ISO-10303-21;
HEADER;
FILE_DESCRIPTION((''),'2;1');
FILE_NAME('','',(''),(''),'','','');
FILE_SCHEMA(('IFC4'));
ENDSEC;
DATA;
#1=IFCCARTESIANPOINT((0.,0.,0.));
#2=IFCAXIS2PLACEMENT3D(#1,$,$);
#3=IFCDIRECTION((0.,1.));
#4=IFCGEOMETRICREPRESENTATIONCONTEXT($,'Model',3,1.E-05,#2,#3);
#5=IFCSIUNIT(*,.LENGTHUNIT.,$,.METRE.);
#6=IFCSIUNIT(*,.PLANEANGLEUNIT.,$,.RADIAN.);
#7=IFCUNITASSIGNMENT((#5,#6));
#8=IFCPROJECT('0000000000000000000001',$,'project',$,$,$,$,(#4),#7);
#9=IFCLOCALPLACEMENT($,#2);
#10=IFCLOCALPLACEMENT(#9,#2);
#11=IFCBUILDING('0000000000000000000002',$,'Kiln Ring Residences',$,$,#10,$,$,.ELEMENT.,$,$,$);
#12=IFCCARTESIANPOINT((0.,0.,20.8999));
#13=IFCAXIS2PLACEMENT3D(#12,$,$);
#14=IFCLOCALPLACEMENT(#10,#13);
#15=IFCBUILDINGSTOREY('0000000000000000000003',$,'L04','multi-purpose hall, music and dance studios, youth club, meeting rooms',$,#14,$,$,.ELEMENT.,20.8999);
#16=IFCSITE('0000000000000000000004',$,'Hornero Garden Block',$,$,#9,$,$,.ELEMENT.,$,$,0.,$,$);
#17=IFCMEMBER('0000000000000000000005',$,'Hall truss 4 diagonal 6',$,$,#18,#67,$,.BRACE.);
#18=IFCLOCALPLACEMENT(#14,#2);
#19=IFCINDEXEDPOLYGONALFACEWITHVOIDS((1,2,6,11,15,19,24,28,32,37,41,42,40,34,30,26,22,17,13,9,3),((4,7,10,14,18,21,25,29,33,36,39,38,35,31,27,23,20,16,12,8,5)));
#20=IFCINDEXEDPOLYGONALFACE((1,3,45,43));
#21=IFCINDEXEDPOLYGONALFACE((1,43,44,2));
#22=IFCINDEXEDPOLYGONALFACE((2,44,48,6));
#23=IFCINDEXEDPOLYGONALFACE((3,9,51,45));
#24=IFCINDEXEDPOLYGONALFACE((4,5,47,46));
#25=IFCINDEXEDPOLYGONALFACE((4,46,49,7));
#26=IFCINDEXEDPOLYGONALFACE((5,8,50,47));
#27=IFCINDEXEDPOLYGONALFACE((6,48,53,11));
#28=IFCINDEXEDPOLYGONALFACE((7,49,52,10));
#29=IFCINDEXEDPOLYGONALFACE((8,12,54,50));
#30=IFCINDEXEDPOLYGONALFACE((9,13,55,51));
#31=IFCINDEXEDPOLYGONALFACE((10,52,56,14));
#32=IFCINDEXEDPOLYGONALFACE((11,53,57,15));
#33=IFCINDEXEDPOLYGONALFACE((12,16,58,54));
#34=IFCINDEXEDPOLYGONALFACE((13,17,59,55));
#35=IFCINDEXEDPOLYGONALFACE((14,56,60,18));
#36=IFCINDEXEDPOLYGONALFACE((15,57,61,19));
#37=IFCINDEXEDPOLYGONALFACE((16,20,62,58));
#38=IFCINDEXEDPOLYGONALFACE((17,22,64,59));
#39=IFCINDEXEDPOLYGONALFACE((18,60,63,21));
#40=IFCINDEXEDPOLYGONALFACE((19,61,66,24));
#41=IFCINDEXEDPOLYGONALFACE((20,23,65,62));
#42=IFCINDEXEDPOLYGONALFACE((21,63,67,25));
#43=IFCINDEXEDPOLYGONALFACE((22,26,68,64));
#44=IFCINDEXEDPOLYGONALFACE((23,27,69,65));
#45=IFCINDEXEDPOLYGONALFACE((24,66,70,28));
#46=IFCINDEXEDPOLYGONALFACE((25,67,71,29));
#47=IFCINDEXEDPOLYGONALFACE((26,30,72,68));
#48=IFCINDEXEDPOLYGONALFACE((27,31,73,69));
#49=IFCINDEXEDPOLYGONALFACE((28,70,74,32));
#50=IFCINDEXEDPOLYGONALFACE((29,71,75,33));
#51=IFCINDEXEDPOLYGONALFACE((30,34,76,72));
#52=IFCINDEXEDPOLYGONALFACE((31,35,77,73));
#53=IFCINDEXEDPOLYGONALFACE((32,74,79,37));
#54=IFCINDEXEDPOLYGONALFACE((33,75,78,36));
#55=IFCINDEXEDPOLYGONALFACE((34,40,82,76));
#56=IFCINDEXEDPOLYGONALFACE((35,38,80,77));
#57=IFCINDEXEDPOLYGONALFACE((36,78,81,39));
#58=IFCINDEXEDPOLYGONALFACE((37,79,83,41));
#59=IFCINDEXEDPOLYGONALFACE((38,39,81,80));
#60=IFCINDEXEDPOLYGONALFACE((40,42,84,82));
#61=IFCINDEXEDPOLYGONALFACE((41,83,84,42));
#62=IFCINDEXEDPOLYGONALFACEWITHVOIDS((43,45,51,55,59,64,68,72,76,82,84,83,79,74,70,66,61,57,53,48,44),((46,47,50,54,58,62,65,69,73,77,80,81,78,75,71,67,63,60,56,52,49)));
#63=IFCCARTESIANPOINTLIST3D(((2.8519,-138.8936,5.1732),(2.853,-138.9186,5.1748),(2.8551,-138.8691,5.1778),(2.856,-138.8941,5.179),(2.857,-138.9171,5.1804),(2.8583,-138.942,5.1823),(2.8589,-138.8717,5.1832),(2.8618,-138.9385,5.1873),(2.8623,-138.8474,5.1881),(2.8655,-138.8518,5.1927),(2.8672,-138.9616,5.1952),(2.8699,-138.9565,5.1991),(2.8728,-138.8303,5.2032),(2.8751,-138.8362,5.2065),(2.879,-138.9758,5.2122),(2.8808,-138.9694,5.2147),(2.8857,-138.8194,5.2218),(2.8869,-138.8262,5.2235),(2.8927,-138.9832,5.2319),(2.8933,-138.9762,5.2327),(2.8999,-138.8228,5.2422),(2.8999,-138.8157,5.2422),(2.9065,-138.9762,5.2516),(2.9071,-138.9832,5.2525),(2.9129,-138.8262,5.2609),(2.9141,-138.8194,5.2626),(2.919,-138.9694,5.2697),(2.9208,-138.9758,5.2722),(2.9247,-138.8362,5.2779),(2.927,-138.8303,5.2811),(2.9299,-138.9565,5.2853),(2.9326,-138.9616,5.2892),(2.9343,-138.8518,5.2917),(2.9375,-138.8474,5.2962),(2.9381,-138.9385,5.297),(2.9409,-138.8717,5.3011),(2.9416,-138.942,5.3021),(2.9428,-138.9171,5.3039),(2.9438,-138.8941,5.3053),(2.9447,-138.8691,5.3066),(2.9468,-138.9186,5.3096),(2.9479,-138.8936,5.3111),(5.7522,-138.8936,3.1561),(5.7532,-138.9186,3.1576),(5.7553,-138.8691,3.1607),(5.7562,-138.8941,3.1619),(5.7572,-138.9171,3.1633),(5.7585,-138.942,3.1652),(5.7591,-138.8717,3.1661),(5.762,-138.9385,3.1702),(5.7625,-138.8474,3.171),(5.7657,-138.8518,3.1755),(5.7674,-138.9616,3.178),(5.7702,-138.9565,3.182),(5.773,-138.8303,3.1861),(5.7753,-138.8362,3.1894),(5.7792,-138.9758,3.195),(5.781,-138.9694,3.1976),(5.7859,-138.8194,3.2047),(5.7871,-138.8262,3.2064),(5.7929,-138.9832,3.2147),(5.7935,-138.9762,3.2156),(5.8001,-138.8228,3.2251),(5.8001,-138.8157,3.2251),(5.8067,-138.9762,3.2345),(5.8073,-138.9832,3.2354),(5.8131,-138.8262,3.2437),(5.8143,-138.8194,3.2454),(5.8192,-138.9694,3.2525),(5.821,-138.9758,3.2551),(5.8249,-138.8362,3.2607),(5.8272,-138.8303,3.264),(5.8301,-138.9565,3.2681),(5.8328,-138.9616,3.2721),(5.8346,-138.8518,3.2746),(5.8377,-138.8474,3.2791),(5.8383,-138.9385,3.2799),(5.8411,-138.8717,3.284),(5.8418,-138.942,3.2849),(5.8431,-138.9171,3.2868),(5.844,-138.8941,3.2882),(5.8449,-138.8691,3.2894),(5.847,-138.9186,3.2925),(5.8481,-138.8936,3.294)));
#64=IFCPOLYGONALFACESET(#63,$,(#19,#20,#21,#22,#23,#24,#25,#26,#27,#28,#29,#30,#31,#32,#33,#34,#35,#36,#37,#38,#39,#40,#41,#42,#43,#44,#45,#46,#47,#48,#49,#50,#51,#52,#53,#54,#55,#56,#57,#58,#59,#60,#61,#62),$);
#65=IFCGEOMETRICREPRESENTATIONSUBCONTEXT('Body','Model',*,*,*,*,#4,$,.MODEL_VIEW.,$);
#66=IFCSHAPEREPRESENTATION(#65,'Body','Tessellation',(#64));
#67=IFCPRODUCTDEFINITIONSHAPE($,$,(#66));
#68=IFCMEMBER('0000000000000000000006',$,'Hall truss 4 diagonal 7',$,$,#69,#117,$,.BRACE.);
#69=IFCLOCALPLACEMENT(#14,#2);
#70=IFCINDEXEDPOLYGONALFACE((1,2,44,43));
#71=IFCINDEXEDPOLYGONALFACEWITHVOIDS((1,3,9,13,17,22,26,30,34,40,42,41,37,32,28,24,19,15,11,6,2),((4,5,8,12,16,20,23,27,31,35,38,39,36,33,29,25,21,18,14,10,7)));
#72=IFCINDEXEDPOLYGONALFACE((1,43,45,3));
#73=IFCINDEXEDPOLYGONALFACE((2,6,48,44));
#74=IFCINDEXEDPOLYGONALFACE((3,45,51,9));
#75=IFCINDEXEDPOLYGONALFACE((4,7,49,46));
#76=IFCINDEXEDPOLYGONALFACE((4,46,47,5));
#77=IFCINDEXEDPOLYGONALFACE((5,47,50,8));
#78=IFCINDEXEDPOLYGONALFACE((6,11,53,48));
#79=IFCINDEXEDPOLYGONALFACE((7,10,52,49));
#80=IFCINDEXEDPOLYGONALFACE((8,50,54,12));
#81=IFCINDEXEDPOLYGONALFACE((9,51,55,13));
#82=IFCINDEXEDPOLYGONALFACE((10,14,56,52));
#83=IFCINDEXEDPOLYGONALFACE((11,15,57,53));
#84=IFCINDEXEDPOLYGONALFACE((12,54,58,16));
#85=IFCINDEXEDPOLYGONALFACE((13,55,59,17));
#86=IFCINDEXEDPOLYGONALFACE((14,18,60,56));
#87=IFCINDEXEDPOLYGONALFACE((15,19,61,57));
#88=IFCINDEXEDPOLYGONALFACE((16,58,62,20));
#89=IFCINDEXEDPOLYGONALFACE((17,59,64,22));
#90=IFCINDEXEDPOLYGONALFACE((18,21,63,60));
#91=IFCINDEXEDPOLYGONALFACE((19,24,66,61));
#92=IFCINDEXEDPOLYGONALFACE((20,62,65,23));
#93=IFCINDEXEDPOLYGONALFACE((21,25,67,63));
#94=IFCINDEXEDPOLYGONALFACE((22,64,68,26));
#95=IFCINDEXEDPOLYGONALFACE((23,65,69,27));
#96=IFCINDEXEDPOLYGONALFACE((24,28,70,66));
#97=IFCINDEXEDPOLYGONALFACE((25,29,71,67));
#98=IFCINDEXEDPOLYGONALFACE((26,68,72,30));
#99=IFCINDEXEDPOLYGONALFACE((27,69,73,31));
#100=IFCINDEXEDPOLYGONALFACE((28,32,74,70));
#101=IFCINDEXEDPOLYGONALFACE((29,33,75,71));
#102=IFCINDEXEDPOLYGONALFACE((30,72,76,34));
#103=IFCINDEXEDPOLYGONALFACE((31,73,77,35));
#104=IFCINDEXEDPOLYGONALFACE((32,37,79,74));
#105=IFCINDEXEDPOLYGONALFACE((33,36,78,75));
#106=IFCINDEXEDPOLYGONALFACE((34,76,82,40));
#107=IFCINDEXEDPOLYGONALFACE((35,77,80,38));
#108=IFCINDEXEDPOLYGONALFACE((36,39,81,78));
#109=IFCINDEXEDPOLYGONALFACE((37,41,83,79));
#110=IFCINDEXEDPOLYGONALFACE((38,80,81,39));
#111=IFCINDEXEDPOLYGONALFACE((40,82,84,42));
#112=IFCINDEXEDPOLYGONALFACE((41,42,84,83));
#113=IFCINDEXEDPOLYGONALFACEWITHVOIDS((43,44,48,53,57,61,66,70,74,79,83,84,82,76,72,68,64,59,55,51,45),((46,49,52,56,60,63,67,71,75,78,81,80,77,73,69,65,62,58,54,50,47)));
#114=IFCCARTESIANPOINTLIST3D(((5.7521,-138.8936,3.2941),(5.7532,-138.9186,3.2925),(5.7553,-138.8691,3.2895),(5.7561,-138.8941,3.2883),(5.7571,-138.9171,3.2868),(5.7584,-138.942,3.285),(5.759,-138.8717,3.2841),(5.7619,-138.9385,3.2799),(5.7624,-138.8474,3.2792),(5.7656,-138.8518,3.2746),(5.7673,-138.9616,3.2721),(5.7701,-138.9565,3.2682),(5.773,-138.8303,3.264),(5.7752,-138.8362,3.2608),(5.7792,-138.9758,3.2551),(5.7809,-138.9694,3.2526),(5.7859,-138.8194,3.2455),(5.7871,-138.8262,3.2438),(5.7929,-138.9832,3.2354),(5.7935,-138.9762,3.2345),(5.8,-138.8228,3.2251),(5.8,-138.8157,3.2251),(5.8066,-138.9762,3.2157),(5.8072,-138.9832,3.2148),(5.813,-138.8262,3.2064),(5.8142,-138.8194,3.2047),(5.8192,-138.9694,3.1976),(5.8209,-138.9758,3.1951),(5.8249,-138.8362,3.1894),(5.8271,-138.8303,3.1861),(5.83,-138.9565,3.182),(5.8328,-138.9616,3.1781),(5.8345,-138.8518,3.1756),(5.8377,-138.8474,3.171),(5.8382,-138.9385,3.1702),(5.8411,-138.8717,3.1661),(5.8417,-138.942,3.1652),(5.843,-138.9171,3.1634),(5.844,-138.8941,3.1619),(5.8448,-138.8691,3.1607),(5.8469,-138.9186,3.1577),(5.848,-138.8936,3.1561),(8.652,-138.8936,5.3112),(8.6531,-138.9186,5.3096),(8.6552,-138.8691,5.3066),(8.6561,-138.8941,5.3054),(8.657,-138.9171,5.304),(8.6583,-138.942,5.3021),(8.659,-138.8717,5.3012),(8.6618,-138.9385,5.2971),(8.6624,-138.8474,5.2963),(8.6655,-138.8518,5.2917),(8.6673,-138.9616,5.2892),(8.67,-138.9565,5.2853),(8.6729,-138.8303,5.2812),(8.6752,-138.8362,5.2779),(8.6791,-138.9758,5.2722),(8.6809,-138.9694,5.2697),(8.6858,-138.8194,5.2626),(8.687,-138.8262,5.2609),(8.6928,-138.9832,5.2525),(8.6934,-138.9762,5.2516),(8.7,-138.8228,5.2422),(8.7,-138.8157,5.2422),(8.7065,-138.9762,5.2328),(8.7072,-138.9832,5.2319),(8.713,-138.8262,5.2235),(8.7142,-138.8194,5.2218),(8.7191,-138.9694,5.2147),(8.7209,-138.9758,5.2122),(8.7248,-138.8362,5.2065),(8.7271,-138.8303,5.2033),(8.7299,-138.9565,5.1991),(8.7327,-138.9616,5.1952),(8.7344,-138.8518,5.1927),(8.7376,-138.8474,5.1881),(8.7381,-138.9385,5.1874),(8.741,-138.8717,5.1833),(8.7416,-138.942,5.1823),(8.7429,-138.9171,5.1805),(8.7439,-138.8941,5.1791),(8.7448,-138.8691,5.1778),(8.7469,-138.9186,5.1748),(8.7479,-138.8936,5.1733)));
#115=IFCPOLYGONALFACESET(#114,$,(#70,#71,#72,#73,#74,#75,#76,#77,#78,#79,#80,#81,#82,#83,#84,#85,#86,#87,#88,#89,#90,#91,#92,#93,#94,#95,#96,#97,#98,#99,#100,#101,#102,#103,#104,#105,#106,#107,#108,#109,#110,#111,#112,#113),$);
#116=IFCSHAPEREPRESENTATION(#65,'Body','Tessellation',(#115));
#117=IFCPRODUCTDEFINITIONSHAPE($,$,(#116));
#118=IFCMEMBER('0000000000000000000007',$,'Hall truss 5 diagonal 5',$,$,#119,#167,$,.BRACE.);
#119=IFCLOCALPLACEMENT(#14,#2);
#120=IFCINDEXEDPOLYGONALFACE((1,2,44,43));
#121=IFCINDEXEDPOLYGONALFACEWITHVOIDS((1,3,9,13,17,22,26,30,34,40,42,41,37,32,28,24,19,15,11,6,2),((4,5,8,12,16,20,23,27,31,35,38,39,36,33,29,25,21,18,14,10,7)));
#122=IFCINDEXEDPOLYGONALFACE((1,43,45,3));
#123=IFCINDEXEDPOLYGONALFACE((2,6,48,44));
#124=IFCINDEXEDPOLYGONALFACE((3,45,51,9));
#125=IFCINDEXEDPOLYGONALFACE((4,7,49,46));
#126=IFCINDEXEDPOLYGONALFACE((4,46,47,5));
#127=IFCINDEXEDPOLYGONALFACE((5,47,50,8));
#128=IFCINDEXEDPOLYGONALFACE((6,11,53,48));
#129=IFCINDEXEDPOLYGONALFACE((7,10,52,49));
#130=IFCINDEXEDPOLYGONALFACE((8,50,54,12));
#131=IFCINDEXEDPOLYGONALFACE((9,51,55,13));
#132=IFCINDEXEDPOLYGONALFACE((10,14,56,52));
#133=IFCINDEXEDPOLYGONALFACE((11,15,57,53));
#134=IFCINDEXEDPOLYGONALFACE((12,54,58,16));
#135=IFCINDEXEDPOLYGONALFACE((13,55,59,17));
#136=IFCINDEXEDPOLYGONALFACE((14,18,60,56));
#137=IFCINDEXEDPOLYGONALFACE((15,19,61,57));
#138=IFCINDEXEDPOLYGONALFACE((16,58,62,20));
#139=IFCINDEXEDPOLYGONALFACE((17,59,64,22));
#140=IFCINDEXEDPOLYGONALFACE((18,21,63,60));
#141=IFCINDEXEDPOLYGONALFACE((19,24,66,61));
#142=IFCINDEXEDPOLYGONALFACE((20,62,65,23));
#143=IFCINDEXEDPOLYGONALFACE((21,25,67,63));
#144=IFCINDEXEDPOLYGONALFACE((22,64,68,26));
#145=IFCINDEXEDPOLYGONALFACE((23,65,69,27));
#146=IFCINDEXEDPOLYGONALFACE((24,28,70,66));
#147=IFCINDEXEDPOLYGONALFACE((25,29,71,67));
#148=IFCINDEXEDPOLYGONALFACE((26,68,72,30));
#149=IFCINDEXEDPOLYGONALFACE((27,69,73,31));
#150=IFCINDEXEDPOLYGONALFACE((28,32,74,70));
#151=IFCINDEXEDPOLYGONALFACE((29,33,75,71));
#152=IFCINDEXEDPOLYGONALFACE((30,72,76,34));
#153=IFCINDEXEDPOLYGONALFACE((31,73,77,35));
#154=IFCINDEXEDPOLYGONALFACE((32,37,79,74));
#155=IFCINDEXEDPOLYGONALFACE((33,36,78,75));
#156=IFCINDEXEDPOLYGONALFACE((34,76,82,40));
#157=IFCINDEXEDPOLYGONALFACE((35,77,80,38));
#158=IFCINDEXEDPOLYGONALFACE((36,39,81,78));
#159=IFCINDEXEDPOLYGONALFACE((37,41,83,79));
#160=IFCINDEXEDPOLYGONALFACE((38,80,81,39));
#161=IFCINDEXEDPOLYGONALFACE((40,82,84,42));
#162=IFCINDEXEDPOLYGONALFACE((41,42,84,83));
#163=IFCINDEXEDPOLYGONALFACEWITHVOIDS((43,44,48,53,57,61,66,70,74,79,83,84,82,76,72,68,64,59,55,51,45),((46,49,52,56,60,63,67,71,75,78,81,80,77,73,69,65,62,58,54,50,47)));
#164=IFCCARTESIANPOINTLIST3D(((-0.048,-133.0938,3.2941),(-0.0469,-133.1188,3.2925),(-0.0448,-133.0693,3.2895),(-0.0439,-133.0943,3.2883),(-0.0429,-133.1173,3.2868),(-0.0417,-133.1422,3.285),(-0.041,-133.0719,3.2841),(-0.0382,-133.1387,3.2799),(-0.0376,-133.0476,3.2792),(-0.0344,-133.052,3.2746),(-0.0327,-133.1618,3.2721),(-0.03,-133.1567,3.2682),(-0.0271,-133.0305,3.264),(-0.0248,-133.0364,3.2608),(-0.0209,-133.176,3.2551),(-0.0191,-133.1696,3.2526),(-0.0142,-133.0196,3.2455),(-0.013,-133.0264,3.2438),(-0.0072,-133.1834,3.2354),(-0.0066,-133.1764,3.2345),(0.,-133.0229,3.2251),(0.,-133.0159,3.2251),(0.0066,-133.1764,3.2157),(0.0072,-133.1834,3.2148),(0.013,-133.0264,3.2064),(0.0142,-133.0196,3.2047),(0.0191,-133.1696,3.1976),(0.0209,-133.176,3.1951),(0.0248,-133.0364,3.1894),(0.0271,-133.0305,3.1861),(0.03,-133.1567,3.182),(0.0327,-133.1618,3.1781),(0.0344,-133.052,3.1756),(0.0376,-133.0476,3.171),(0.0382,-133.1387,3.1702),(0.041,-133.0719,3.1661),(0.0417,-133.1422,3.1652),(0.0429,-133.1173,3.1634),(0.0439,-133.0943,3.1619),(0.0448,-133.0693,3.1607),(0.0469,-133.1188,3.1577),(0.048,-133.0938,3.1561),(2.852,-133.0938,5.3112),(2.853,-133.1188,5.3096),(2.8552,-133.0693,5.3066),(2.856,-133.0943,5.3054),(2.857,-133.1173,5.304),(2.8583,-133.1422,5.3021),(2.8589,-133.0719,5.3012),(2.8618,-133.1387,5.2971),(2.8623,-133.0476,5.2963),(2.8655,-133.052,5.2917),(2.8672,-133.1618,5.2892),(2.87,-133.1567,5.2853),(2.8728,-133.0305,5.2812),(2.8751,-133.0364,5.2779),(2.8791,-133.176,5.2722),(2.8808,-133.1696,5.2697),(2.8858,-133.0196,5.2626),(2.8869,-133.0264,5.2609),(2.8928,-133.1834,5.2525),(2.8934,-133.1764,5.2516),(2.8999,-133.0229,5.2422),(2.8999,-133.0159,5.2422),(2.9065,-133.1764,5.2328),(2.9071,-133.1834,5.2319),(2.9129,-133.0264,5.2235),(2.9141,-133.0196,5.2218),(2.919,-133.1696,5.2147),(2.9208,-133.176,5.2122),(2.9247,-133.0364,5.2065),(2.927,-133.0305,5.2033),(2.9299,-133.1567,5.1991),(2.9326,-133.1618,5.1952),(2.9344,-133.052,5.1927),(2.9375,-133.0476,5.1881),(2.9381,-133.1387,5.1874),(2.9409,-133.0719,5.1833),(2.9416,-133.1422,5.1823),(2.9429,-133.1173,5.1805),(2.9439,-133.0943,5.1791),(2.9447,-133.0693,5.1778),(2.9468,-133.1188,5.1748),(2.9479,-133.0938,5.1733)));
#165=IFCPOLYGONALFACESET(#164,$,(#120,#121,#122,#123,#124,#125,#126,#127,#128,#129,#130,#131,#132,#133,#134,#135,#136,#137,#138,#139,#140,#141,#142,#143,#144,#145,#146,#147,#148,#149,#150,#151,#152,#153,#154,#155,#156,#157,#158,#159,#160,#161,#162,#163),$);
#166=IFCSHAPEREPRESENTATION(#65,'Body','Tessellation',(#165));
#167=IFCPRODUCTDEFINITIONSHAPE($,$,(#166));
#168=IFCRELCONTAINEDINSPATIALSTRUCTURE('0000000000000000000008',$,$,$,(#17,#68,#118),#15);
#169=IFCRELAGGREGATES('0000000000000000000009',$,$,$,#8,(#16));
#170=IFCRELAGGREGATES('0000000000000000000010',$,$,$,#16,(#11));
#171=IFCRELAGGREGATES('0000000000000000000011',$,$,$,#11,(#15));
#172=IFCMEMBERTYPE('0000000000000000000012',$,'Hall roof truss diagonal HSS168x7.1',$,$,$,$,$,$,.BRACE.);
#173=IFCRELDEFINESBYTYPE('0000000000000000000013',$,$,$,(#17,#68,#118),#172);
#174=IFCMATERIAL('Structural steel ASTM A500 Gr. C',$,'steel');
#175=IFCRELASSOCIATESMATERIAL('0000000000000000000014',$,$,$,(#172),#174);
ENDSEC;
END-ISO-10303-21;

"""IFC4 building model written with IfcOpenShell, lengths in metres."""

from ifc_helpers import new_model, si_unit, direction, frame, origin, origin_2d, place, context, subcontext, project, spatial, hollow_circle, extrude, material, material_profile, profile_set, type_object, element, save


model = new_model("IFC4")

# Units and contexts
model_context = context("Model", 3, precision=1e-05, world=origin(), true_north=direction((0.0, 1.0)))
body_context = subcontext(model_context, "Body", "Model", "MODEL_VIEW")
ifc_project = project(units=[si_unit("LENGTHUNIT", "METRE"), si_unit("PLANEANGLEUNIT", "RADIAN")], contexts=[model_context])

# Site, building, storey
site_placement = place(None, origin())
site = spatial("IfcSite", under=ifc_project, at=site_placement, Name="Hornero Garden Block", CompositionType="ELEMENT", RefElevation=0.0)
building_placement = place(site_placement, origin())
building = spatial("IfcBuilding", under=site, at=building_placement, Name="Kiln Ring Residences", CompositionType="ELEMENT")
storey_placement = place(building_placement, frame((0.0, 0.0, 20.8999)))
storey = spatial("IfcBuildingStorey", under=building, at=storey_placement, Name="L04", Description="multi-purpose hall, music and dance studios, youth club, meeting rooms", CompositionType="ELEMENT", Elevation=20.8999)

# Members
ifc_material_1 = material(Name="Structural steel ASTM A500 Gr. C", Category="steel")
ifc_material_profile_1 = material_profile(ifc_material_1, hollow_circle(Radius=0.0842, WallThickness=0.0071, at=origin_2d()), Name="HSS168x7.1")
ifc_profile_set_1 = profile_set([ifc_material_profile_1], Name="Structural steel ASTM A500 Gr. C")
member_type_1 = type_object("IfcMemberType", Name="Hall roof truss diagonal HSS168x7.1", PredefinedType="BRACE", material=ifc_profile_set_1)
member_1_placement = place(storey_placement, frame((2.8999, -138.8999, 5.2422), z_axis=(0.820959, 0.0, -0.570988), x_axis=(0.0, 1.0, 0.0)))
element("IfcMember", 1, at=member_1_placement, inside=storey, type_object=member_type_1, Name="Hall truss 4 diagonal 6", PredefinedType="BRACE", context=body_context, shape_type="SweptSolid", body=[
    extrude(hollow_circle(Radius=0.0842, WallThickness=0.0071, at=origin_2d()), origin(), (0.0, 0.0, 1.0), 3.5327),
])
for number, where, z_axis, x_axis, name in (
    (2, (5.8, -138.8999, 3.2251), (0.820936, 0.0, 0.57102), (0.0, 1.0, 0.0), "Hall truss 4 diagonal 7"),
    (3, (0.0, -133.1001, 3.2251), (0.820936, 0.0, 0.57102), (0.0, 1.0, 0.0), "Hall truss 5 diagonal 5"),
):
    element("IfcMember", number, at=place(storey_placement, frame(where, z_axis=z_axis, x_axis=x_axis)), inside=storey, type_object=member_type_1, Name=name, PredefinedType="BRACE", context=body_context, shape_type="SweptSolid", body=[
        extrude(hollow_circle(Radius=0.0842, WallThickness=0.0071, at=origin_2d()), origin(), (0.0, 0.0, 1.0), 3.5325),
    ])

save(model, "model.ifc")
